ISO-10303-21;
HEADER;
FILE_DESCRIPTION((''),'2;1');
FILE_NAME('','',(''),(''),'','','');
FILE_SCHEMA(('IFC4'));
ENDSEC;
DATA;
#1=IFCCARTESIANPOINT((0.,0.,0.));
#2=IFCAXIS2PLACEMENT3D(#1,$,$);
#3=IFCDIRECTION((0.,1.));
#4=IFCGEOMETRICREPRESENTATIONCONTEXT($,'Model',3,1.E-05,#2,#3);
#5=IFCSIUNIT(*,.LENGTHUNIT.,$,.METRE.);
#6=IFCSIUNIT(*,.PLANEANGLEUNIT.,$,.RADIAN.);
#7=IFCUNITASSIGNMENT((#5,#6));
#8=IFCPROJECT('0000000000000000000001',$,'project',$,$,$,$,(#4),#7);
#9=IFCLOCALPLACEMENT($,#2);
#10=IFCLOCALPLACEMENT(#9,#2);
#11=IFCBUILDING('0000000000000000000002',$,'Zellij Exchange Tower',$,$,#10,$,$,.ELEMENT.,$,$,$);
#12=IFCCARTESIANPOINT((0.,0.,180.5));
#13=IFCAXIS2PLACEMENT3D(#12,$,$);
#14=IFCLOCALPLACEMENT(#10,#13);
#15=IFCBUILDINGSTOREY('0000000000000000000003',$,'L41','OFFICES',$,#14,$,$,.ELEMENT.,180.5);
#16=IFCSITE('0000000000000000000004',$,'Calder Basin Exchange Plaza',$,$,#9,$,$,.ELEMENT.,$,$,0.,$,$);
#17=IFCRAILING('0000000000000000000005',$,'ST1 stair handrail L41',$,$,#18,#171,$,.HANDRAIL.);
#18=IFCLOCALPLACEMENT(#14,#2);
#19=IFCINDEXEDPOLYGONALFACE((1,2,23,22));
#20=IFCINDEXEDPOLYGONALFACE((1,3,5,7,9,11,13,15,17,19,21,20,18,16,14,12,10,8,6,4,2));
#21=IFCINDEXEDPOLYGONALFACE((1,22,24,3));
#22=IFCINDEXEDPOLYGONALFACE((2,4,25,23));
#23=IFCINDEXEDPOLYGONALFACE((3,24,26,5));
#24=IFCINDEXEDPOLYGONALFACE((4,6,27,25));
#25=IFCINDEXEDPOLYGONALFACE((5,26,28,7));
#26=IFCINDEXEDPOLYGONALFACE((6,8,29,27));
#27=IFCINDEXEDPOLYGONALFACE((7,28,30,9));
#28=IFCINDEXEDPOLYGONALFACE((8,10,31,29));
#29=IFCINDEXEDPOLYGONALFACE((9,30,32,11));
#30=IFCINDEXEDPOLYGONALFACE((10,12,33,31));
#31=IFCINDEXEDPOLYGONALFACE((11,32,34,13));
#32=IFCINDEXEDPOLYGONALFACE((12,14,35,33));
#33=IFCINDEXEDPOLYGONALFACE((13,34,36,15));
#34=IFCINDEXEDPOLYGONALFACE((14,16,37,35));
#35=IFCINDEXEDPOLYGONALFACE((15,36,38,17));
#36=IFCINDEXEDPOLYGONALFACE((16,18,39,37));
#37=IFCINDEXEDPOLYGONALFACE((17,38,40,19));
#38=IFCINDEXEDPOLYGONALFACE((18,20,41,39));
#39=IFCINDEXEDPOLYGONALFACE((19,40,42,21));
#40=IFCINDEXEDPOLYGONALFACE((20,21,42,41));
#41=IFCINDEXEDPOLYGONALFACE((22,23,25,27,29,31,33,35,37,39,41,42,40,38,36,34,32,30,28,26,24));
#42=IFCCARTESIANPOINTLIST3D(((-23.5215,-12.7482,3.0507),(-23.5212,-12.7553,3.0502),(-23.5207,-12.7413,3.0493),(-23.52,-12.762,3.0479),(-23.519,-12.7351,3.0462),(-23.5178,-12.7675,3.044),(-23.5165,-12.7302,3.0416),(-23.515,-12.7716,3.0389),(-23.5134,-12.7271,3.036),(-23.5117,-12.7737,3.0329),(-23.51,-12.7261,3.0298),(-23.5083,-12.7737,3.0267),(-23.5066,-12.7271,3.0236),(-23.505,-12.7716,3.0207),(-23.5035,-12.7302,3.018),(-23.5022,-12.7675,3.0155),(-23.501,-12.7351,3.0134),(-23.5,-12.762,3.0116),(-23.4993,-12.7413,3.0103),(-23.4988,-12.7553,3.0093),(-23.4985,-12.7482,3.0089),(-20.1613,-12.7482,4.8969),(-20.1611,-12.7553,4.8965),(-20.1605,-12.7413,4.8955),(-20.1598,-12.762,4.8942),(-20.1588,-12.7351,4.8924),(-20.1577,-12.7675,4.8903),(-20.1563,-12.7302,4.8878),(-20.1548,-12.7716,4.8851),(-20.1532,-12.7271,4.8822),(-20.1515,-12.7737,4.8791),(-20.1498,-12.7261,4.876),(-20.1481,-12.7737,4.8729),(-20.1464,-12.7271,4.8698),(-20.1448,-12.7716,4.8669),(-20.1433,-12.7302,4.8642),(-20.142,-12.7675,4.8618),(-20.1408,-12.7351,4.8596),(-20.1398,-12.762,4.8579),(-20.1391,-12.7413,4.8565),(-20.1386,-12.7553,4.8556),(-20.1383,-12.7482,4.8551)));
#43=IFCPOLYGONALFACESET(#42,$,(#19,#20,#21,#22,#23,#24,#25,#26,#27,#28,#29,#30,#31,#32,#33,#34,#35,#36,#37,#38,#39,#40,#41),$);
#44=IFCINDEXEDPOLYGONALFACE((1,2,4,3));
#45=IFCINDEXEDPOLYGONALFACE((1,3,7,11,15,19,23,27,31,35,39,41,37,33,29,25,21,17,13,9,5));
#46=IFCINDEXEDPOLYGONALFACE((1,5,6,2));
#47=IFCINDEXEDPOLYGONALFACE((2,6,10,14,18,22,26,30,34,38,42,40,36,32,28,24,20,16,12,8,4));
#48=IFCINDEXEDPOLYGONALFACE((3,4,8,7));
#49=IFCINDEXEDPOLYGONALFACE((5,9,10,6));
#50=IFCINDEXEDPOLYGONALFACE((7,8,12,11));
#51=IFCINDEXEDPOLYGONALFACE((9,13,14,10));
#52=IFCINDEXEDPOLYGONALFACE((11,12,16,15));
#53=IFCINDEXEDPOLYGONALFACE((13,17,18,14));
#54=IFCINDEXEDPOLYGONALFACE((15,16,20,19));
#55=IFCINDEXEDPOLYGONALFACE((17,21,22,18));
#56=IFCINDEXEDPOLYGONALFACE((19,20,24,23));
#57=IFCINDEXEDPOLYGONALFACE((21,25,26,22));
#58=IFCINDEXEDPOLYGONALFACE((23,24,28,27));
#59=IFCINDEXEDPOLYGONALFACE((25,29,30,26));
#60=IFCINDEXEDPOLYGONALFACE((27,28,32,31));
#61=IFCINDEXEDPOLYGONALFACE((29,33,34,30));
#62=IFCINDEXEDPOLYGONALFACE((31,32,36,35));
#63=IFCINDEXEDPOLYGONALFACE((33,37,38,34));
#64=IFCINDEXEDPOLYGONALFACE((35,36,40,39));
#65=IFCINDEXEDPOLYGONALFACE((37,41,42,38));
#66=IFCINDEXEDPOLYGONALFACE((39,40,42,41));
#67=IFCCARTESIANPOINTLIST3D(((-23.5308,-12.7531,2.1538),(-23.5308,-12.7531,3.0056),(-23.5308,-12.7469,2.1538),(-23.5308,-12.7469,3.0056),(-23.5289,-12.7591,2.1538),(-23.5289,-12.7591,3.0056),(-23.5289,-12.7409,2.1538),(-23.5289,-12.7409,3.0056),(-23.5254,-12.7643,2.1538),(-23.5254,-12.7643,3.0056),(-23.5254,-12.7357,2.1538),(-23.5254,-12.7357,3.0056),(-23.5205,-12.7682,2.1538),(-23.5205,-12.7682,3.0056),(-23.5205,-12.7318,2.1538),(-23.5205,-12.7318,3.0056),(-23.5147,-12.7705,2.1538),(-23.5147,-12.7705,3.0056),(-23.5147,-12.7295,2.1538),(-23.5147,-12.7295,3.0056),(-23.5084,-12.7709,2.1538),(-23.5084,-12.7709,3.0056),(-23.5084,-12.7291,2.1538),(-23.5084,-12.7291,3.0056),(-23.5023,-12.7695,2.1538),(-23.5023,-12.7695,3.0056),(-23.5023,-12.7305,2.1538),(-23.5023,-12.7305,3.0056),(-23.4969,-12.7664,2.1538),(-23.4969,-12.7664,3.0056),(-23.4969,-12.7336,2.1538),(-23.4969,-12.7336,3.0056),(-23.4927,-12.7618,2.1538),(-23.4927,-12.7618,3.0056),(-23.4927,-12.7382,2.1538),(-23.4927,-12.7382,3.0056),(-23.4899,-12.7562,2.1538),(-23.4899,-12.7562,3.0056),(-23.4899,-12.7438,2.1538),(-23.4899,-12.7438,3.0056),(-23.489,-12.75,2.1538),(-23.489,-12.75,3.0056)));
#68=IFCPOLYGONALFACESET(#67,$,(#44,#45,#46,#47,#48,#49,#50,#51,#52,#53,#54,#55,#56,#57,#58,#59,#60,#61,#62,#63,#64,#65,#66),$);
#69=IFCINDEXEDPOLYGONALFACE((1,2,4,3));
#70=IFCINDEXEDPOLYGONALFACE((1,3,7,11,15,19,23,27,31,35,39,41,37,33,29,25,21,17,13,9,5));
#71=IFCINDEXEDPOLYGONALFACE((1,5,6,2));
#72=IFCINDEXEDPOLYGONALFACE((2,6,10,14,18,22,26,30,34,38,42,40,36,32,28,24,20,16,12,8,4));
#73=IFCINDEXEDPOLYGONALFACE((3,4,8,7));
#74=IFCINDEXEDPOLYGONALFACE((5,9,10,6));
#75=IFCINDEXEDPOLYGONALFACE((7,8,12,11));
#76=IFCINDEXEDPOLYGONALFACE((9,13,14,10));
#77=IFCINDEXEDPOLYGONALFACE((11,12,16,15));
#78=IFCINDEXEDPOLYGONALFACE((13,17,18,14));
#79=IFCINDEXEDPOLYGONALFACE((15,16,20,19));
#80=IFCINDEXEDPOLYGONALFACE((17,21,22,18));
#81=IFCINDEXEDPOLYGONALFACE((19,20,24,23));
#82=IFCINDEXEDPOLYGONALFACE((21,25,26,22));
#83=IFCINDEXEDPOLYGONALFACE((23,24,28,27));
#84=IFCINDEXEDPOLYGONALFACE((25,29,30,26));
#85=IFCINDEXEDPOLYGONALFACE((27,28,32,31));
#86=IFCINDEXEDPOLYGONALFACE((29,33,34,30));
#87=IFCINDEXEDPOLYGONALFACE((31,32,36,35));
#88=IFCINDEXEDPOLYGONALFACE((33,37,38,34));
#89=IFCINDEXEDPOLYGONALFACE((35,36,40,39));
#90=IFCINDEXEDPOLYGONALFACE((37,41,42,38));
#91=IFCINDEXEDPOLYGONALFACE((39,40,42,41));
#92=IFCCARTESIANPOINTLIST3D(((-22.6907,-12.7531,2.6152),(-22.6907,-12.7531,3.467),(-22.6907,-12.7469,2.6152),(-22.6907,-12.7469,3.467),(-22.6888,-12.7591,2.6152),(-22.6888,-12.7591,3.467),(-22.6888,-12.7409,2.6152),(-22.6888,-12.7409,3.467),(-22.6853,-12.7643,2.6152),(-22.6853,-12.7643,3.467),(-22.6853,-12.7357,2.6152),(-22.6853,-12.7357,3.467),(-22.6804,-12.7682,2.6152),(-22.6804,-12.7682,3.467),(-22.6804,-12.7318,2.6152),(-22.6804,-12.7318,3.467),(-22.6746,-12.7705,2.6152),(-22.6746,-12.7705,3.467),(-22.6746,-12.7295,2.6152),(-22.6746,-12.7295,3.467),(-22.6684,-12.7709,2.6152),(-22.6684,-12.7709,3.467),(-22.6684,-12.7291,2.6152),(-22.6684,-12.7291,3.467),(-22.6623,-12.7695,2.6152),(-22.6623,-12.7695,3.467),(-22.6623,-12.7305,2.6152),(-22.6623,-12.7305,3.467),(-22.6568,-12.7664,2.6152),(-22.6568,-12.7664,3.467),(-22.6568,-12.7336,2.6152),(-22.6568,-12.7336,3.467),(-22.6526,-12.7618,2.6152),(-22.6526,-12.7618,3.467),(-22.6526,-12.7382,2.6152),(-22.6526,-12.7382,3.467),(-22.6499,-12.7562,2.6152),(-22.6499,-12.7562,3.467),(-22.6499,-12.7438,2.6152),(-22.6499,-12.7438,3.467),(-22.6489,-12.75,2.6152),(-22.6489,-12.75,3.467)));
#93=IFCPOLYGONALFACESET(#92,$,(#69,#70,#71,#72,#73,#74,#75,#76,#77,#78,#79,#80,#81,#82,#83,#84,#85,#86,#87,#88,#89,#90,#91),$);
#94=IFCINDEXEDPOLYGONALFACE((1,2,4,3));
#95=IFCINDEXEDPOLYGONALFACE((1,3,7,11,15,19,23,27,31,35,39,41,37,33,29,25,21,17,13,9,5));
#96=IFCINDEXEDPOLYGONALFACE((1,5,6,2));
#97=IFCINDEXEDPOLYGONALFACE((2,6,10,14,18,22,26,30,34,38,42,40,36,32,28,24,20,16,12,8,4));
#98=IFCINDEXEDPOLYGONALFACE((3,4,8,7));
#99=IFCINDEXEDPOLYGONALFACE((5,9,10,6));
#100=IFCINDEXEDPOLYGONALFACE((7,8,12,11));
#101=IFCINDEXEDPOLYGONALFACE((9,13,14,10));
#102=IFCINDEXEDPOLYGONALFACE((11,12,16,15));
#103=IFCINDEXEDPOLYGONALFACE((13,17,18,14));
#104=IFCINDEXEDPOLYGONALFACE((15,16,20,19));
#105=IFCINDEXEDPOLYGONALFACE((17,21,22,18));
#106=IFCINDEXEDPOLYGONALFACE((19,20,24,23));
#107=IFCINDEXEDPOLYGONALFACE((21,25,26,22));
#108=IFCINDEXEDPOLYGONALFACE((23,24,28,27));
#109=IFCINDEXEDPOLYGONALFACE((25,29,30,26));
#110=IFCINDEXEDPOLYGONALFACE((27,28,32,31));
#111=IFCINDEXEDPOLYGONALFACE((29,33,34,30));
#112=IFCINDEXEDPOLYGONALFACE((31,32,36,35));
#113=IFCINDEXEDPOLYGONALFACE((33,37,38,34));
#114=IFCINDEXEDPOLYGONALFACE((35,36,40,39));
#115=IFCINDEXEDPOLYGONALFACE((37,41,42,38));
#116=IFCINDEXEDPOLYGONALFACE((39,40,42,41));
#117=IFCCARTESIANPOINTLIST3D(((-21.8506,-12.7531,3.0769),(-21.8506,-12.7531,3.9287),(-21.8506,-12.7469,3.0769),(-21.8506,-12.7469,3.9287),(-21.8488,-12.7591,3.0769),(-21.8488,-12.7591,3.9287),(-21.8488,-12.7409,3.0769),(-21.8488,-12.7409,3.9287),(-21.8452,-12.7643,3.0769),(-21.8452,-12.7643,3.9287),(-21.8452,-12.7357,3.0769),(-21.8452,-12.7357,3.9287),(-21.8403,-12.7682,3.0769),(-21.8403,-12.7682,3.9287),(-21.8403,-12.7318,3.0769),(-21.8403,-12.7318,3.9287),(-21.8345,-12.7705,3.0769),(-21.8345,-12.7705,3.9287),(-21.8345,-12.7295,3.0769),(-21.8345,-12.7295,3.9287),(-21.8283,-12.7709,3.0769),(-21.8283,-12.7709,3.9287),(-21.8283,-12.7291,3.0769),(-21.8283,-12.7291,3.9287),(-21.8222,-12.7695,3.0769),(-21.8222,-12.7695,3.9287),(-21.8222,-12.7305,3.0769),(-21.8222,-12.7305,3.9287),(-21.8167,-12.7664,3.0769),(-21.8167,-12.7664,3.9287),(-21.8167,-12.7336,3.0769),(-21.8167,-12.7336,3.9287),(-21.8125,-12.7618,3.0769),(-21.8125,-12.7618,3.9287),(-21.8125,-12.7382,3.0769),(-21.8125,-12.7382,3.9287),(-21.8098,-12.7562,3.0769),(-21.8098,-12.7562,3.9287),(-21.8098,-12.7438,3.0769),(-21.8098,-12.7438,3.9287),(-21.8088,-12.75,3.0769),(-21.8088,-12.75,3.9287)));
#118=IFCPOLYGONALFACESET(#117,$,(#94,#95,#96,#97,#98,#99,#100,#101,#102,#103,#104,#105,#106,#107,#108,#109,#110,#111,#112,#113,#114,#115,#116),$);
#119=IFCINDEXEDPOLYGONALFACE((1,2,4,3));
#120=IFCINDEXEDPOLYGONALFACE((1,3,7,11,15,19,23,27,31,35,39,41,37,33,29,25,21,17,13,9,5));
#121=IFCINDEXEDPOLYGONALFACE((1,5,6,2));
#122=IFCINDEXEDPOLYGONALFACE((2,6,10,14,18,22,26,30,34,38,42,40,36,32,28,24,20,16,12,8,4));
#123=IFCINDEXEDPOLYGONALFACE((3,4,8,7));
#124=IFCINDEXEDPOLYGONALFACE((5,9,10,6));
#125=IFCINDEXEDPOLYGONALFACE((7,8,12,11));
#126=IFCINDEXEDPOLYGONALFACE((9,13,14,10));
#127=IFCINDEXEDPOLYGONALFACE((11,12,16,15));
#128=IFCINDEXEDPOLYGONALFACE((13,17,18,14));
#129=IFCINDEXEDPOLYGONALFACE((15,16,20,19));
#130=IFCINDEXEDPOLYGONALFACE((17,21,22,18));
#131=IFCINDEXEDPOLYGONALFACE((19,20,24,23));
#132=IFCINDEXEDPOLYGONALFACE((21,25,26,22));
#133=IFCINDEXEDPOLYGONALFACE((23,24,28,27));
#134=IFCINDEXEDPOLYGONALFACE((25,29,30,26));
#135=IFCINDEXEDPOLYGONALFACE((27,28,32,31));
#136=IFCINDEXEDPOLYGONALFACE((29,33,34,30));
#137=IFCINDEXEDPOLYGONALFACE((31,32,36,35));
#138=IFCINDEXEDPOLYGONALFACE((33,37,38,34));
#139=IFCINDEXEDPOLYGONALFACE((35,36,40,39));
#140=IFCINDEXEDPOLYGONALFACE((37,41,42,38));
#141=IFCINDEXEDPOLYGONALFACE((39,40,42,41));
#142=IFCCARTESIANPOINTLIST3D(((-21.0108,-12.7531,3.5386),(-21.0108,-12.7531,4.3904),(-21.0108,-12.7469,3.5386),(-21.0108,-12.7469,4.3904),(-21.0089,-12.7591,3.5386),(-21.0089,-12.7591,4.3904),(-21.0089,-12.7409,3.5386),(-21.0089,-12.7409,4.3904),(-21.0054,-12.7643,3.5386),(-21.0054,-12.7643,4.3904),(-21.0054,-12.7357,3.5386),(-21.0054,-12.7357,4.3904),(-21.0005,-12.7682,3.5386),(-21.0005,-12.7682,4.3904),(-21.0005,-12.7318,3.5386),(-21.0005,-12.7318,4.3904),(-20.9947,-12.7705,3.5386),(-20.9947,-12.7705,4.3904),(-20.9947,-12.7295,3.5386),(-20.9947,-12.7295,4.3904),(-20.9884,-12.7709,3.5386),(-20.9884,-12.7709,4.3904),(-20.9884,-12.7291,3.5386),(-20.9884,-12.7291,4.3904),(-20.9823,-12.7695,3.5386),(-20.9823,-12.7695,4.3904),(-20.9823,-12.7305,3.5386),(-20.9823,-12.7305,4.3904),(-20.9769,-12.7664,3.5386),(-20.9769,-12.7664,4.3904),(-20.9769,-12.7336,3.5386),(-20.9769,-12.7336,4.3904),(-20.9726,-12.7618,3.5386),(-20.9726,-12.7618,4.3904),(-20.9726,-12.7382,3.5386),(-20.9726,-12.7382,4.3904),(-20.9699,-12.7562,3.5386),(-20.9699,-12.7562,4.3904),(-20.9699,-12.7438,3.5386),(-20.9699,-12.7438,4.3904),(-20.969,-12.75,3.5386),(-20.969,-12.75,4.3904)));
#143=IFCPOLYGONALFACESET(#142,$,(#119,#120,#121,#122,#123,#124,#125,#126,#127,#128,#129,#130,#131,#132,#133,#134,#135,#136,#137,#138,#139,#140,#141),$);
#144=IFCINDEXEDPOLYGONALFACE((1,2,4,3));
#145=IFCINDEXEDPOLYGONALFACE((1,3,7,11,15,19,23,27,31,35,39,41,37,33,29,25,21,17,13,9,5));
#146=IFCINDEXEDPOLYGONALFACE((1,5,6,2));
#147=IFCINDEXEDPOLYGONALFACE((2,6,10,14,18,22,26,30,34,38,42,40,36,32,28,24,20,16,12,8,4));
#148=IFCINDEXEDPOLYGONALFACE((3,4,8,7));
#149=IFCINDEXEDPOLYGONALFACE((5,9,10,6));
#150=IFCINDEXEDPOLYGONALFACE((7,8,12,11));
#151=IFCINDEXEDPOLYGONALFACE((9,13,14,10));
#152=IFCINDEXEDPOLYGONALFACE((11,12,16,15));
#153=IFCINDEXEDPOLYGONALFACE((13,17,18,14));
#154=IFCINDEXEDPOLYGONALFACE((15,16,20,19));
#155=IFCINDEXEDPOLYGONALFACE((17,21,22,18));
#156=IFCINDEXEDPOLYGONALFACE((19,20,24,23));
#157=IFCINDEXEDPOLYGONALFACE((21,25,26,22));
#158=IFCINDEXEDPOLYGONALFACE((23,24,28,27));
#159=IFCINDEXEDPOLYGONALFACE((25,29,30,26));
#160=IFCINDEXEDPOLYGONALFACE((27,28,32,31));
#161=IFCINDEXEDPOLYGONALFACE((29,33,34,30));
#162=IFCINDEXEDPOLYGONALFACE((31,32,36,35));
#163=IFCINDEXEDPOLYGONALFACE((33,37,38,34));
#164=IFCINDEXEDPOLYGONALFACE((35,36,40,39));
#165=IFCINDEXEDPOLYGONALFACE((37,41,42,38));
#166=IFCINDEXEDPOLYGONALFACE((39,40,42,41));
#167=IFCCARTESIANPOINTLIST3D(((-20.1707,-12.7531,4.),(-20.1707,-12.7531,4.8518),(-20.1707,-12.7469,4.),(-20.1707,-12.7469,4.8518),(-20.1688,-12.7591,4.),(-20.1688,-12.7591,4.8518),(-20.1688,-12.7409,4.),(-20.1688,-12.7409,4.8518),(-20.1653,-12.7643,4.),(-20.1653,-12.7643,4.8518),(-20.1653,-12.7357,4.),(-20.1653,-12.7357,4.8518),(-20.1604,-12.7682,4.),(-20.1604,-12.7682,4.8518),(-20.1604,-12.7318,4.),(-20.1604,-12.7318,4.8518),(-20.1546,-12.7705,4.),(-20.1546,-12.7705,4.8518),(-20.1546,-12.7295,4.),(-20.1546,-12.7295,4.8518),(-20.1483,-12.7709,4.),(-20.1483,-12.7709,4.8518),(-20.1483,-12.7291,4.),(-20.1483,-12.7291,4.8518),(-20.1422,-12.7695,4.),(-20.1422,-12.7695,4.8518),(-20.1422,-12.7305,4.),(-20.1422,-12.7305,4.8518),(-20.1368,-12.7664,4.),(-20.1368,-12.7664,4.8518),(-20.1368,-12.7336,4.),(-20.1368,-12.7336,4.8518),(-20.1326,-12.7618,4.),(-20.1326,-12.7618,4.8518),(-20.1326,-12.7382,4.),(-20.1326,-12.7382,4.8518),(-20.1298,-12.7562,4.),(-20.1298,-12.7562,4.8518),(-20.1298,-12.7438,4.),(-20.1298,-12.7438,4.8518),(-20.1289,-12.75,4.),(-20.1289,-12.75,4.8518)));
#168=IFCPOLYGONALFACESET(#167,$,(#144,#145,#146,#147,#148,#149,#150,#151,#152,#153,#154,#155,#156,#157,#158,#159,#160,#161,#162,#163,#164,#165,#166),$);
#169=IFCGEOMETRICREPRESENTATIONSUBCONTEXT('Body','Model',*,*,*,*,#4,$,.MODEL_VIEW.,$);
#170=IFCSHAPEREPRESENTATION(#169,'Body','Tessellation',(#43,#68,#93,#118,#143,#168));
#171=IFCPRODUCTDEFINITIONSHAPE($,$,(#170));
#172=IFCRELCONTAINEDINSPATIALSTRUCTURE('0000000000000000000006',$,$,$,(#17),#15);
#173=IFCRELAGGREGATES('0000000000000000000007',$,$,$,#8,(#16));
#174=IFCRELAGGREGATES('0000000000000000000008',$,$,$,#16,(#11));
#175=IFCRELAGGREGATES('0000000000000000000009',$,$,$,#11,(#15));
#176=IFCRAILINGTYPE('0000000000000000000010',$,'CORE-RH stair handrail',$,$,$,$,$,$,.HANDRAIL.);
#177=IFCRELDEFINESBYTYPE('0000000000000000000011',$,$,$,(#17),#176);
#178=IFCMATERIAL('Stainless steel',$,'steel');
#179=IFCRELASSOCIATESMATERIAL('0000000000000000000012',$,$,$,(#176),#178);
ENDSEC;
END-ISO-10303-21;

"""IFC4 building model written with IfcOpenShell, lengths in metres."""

from ifc_helpers import new_model, si_unit, direction, frame, origin, origin_2d, place, context, subcontext, project, spatial, circle, extrude, material, type_object, element, save


model = new_model("IFC4")

# Units and contexts
model_context = context("Model", 3, precision=1e-05, world=origin(), true_north=direction((0.0, 1.0)))
body_context = subcontext(model_context, "Body", "Model", "MODEL_VIEW")
ifc_project = project(units=[si_unit("LENGTHUNIT", "METRE"), si_unit("PLANEANGLEUNIT", "RADIAN")], contexts=[model_context])

# Site, building, storey
site_placement = place(None, origin())
site = spatial("IfcSite", under=ifc_project, at=site_placement, Name="Calder Basin Exchange Plaza", CompositionType="ELEMENT", RefElevation=0.0)
building_placement = place(site_placement, origin())
building = spatial("IfcBuilding", under=site, at=building_placement, Name="Zellij Exchange Tower", CompositionType="ELEMENT")
storey_placement = place(building_placement, frame((0.0, 0.0, 180.5)))
storey = spatial("IfcBuildingStorey", under=building, at=storey_placement, Name="L41", Description="OFFICES", CompositionType="ELEMENT", Elevation=180.5)

# Railing
ifc_material_1 = material(Name="Stainless steel", Category="steel")
railing_type_1 = type_object("IfcRailingType", Name="CORE-RH stair handrail", PredefinedType="HANDRAIL", material=ifc_material_1)
railing_1_placement = place(storey_placement, frame((-23.51, -12.75, 2.1538)))
element("IfcRailing", 1, at=railing_1_placement, inside=storey, type_object=railing_type_1, Name="ST1 stair handrail L41", PredefinedType="HANDRAIL", context=body_context, shape_type="SweptSolid", body=[
    extrude(circle(Radius=0.0239, at=origin_2d()), frame((0.0, 0.0, 0.876), z_axis=(0.876422, 0.0, 0.481545), x_axis=(0.0, 1.0, 0.0)), (0.0, 0.0, 1.0), 3.834),
    extrude(circle(Radius=0.021, at=origin_2d()), origin(), (0.0, 0.0, 1.0), 0.8518),
    extrude(circle(Radius=0.021, at=origin_2d()), frame((0.8401, 0.0, 0.4614)), (0.0, 0.0, 1.0), 0.8518),
    extrude(circle(Radius=0.021, at=origin_2d()), frame((1.6802, 0.0, 0.9231)), (0.0, 0.0, 1.0), 0.8518),
    extrude(circle(Radius=0.021, at=origin_2d()), frame((2.52, 0.0, 1.3848)), (0.0, 0.0, 1.0), 0.8518),
    extrude(circle(Radius=0.021, at=origin_2d()), frame((3.3601, 0.0, 1.8462)), (0.0, 0.0, 1.0), 0.8518),
])

save(model, "model.ifc")
